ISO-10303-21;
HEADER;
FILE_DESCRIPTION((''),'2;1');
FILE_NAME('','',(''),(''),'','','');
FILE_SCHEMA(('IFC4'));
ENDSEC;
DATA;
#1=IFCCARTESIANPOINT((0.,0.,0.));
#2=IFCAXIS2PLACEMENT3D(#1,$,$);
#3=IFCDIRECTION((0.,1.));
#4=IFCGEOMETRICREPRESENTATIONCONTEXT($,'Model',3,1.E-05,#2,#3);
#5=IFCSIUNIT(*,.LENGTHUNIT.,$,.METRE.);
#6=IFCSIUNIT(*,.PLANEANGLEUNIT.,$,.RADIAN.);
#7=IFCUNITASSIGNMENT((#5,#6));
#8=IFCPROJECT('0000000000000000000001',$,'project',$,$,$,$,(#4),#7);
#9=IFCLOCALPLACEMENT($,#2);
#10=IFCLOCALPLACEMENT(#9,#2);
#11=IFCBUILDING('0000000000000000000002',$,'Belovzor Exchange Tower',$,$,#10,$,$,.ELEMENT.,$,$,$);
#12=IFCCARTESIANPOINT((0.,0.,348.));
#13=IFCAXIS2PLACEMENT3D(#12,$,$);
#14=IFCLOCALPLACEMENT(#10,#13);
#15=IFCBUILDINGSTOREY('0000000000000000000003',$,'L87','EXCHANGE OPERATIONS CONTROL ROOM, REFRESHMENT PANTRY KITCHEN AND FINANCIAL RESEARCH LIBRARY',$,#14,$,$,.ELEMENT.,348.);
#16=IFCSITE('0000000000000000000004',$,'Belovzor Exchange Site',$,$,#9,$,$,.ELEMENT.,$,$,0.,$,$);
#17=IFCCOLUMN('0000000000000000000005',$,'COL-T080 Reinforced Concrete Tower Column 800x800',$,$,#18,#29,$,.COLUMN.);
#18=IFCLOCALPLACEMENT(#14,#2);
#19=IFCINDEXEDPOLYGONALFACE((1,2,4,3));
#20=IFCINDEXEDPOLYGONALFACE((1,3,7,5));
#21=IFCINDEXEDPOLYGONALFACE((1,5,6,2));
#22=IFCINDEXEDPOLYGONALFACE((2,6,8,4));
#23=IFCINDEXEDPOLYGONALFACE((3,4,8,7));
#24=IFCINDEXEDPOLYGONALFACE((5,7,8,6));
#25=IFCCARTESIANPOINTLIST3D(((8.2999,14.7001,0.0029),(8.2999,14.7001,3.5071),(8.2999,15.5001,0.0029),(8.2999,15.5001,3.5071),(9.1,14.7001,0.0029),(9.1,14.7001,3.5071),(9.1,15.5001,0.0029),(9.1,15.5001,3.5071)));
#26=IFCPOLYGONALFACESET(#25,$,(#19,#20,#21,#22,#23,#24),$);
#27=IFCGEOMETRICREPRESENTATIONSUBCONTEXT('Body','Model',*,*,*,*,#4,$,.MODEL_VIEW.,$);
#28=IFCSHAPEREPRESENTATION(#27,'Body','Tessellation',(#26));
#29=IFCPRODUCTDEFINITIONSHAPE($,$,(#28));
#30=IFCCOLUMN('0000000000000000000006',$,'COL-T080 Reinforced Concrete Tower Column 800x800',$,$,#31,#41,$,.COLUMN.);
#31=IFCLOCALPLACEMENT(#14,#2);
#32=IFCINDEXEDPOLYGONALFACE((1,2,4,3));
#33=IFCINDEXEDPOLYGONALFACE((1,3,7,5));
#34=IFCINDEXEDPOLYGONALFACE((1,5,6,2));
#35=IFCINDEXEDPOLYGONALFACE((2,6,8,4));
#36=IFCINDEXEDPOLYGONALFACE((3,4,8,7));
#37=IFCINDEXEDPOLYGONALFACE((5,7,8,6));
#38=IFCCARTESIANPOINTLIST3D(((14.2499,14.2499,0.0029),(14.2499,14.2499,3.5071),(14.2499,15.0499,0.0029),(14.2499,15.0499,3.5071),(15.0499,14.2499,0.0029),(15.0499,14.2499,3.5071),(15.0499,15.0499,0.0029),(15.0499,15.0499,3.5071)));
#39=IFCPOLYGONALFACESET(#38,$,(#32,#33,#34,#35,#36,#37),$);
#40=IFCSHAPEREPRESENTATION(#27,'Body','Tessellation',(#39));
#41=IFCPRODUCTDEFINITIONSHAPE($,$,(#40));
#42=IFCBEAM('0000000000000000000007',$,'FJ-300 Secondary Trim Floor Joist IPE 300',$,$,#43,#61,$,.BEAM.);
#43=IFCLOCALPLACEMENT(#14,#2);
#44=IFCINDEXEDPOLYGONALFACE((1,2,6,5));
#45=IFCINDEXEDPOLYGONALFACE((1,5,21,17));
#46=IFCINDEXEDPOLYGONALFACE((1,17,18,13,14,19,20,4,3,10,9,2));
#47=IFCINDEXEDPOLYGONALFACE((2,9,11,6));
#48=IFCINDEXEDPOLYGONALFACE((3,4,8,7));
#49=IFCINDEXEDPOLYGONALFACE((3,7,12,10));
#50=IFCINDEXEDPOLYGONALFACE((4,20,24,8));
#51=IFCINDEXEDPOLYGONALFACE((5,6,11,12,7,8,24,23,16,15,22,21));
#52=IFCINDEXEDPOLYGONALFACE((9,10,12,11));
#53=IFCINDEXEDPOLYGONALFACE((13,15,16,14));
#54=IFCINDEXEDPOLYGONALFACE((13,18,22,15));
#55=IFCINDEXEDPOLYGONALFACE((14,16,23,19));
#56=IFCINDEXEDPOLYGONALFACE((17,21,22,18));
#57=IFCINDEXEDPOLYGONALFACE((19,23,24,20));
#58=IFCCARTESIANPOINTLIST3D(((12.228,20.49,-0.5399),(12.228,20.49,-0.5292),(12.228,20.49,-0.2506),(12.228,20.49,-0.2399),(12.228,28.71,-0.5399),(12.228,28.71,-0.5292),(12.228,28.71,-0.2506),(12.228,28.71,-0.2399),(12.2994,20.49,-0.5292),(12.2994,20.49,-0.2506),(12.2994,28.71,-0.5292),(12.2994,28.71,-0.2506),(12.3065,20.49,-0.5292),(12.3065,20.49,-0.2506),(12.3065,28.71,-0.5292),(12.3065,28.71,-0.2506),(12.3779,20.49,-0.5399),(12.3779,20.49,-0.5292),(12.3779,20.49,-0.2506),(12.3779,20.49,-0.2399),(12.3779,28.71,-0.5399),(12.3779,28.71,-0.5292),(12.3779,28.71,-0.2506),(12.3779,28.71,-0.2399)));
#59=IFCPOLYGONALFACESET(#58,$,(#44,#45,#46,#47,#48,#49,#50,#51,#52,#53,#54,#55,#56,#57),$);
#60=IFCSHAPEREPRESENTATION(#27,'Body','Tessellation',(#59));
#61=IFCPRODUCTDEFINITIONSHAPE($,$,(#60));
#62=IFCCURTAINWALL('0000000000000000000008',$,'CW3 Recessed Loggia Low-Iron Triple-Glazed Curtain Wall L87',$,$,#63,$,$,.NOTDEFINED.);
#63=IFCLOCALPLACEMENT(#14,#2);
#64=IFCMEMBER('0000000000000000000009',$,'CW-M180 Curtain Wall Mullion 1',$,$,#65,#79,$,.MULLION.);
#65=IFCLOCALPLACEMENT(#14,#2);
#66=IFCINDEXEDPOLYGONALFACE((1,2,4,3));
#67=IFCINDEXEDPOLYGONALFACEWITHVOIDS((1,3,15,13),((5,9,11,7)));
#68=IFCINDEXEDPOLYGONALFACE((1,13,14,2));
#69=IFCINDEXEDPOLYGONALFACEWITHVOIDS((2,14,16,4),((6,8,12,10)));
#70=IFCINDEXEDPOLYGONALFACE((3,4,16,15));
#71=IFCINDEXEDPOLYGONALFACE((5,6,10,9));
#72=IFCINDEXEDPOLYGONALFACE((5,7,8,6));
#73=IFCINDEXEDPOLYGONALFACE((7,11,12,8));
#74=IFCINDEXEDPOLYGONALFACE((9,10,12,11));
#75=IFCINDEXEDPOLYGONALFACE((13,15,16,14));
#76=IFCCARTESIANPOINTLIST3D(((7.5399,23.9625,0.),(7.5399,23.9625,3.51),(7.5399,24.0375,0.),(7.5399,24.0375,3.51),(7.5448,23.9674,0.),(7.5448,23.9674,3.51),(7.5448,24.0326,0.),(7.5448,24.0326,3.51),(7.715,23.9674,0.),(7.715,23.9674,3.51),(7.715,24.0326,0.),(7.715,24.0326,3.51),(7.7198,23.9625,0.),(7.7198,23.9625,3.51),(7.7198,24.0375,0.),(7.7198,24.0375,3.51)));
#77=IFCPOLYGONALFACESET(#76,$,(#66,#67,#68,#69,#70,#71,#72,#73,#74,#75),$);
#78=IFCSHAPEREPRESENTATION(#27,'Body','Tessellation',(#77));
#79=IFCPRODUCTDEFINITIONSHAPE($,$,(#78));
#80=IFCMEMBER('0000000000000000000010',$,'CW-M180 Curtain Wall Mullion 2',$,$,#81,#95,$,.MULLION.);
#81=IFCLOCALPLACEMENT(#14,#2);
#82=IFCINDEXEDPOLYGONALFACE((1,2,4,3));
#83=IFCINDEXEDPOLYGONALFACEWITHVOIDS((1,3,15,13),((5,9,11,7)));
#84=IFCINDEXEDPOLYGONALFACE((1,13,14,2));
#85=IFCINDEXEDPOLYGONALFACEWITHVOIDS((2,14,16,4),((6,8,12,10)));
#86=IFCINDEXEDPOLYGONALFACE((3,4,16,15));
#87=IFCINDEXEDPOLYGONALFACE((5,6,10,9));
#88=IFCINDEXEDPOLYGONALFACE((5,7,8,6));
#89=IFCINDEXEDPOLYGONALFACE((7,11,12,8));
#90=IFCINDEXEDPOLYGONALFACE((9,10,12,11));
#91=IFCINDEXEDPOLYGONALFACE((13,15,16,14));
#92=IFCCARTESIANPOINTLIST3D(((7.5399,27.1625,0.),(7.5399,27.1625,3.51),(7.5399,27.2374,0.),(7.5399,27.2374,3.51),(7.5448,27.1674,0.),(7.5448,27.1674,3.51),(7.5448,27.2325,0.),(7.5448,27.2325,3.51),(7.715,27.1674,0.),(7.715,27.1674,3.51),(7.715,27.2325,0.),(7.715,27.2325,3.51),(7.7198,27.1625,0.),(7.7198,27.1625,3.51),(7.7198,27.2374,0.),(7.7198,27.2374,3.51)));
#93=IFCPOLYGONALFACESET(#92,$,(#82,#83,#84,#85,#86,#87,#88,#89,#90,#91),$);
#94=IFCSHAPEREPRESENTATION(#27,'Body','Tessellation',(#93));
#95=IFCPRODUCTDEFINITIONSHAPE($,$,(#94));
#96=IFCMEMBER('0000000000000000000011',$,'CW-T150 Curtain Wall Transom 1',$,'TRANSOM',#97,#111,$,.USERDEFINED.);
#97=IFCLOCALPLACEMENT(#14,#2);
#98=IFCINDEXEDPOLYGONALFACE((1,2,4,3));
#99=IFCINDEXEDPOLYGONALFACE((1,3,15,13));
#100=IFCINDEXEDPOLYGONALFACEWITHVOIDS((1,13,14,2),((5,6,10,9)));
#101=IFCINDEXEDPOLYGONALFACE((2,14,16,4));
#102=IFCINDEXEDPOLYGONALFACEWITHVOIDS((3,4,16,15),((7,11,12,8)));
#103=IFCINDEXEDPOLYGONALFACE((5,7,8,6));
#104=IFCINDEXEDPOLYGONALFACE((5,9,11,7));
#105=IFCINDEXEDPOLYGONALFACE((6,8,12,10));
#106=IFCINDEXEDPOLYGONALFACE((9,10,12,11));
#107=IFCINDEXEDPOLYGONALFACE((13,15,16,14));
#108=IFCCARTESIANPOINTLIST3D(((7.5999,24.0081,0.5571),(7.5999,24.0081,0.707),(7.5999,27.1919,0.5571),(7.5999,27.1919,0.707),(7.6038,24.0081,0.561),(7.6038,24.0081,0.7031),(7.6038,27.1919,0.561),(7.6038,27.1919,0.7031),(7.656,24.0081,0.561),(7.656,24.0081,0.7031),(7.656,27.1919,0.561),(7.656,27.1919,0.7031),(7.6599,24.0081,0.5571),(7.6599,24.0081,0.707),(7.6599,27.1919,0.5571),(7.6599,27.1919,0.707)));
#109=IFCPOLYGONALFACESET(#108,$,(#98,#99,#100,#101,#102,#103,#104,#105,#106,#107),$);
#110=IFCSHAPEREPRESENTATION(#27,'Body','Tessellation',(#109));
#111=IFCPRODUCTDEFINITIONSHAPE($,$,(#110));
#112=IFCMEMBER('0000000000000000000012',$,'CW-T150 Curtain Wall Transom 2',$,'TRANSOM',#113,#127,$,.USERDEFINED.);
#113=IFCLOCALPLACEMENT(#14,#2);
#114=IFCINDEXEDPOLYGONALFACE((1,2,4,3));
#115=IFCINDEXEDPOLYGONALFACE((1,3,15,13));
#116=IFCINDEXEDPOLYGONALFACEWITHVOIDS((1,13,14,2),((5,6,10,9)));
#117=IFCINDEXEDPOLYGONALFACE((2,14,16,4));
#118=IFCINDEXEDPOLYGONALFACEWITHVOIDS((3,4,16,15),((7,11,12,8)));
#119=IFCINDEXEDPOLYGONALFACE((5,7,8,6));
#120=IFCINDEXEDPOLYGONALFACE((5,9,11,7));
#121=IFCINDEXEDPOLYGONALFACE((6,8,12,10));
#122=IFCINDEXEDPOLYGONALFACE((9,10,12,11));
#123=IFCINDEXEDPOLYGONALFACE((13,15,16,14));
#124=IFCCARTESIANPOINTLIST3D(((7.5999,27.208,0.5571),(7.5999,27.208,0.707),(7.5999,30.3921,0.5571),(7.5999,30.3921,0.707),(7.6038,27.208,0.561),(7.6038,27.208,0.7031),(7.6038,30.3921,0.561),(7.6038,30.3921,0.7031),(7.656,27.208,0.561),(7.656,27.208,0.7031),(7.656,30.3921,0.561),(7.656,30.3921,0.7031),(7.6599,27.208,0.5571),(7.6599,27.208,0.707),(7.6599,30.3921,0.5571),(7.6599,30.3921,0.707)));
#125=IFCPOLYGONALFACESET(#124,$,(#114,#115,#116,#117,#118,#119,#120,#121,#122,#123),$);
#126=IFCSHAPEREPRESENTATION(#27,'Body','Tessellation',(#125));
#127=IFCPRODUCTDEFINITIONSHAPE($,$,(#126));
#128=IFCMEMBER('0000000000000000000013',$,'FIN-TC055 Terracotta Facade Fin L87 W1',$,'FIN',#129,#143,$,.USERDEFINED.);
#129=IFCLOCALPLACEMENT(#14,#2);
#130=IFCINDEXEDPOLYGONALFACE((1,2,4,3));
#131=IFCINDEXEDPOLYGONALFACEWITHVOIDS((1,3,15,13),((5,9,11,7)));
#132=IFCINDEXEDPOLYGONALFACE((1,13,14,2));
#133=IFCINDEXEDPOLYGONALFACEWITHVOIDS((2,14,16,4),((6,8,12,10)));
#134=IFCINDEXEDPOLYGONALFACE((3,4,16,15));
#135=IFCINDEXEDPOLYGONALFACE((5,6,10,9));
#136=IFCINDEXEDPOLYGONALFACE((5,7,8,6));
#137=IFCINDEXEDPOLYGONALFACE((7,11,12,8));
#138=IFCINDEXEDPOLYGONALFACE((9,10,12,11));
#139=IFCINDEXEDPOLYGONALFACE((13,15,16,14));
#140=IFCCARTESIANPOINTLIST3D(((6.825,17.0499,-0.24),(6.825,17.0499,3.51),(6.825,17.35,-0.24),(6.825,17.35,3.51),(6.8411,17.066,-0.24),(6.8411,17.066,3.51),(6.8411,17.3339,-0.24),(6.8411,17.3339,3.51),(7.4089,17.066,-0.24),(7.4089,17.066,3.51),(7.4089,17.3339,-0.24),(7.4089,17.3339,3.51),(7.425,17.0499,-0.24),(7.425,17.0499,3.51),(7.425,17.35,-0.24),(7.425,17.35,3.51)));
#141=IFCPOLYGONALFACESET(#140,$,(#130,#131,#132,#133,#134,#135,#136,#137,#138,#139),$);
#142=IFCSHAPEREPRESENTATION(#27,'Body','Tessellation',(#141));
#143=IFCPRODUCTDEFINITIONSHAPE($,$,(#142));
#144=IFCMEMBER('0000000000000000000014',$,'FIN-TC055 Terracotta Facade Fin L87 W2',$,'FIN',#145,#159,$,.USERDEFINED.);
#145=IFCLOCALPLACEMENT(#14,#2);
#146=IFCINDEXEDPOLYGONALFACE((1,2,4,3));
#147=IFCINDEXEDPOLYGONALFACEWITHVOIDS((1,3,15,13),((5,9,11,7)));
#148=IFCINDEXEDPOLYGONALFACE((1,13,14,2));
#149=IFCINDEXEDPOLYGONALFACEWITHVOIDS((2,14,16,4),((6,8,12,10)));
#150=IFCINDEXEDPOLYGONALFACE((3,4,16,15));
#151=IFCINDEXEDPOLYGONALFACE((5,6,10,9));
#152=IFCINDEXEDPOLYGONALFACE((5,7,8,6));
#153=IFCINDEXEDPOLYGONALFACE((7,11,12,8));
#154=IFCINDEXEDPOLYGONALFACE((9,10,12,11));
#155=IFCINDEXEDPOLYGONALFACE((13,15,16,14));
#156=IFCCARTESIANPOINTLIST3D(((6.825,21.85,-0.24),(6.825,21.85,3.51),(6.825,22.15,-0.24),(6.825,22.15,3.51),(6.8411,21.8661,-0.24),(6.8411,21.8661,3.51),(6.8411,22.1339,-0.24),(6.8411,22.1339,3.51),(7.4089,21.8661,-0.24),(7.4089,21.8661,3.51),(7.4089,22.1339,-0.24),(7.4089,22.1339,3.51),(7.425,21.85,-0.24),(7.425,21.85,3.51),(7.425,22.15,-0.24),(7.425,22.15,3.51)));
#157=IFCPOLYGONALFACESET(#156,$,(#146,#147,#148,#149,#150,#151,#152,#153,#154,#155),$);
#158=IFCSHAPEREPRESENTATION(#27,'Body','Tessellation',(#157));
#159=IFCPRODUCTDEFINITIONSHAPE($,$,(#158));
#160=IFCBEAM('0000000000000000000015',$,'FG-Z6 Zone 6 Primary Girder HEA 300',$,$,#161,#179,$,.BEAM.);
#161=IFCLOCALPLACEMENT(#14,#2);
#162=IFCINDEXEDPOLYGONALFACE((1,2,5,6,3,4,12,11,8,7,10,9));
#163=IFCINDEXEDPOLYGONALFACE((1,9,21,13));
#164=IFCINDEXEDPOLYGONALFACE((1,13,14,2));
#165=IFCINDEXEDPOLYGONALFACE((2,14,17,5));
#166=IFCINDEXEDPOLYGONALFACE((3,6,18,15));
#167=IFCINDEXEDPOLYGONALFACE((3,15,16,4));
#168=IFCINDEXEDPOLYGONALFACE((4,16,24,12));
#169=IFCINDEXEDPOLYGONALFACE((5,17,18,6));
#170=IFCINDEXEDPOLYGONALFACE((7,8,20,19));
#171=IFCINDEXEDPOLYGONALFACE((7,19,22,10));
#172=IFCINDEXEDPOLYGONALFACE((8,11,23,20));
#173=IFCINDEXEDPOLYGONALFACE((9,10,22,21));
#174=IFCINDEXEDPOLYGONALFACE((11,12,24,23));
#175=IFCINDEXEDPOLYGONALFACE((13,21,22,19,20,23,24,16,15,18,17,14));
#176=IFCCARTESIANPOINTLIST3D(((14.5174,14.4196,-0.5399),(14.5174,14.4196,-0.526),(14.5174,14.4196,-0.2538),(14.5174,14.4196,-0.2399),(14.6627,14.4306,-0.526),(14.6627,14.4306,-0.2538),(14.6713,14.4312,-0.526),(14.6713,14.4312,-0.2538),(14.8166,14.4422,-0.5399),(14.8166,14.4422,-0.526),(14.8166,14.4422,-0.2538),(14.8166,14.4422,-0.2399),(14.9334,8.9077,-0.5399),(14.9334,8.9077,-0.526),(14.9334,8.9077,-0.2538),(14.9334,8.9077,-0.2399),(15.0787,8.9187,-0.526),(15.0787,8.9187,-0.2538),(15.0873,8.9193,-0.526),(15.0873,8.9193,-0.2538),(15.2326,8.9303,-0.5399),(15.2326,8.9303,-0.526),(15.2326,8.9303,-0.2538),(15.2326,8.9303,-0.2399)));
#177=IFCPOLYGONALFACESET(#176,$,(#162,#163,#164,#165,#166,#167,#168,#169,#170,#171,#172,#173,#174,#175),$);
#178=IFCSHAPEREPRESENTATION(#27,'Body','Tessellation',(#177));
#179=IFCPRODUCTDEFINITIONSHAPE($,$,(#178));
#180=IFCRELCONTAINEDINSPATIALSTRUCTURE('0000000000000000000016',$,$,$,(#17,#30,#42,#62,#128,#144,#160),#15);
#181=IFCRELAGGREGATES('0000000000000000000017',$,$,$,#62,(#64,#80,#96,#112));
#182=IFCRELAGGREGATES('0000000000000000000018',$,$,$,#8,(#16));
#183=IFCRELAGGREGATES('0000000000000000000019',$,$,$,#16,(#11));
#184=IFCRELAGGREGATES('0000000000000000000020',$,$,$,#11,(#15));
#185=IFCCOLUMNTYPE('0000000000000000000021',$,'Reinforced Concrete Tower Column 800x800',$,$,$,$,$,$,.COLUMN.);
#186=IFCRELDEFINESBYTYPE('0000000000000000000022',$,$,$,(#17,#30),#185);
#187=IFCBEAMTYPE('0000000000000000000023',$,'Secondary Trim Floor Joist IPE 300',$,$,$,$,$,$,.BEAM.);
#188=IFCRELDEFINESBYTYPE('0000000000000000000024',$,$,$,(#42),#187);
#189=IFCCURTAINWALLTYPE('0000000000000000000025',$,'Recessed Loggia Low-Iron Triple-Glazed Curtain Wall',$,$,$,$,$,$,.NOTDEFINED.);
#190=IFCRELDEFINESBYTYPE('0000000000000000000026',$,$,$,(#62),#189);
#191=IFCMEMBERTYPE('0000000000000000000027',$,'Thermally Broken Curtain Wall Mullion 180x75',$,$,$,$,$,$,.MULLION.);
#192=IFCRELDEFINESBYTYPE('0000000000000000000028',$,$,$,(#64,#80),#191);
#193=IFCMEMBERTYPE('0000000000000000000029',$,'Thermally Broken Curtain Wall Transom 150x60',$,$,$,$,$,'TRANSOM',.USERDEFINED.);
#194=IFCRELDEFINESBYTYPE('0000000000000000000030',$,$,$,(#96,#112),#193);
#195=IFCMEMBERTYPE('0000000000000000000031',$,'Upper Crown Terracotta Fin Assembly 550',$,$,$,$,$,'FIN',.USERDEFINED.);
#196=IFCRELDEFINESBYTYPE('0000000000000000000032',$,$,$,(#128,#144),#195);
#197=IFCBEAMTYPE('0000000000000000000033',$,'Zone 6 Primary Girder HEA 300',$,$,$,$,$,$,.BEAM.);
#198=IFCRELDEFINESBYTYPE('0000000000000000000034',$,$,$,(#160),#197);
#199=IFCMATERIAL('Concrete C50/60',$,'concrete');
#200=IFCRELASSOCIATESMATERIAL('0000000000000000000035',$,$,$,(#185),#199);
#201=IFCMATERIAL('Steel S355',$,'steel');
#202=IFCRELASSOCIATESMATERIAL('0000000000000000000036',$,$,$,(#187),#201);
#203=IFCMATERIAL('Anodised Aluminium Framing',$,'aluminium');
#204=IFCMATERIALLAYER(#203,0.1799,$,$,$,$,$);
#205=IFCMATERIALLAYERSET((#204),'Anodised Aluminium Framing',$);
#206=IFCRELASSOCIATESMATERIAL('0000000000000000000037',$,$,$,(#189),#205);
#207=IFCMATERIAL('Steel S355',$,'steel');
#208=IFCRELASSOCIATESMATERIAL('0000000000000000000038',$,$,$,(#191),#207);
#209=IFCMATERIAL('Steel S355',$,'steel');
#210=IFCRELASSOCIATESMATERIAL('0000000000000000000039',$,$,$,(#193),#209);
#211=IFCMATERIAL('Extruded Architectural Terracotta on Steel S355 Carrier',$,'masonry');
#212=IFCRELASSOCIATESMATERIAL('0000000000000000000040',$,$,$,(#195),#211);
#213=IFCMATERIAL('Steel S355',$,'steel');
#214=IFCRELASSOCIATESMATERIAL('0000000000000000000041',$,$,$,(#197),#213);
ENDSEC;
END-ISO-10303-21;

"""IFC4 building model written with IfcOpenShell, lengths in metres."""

from ifc_helpers import new_model, si_unit, direction, frame, origin, origin_2d, place, context, subcontext, project, spatial, rectangle, hollow_rectangle, i_section, extrude, material, layer, layer_set, material_profile, profile_set, type_object, element, aggregate, save


model = new_model("IFC4")

# Units and contexts
model_context = context("Model", 3, precision=1e-05, world=origin(), true_north=direction((0.0, 1.0)))
body_context = subcontext(model_context, "Body", "Model", "MODEL_VIEW")
ifc_project = project(units=[si_unit("LENGTHUNIT", "METRE"), si_unit("PLANEANGLEUNIT", "RADIAN")], contexts=[model_context])

# Site, building, storey
site_placement = place(None, origin())
site = spatial("IfcSite", under=ifc_project, at=site_placement, Name="Belovzor Exchange Site", CompositionType="ELEMENT", RefElevation=0.0)
building_placement = place(site_placement, origin())
building = spatial("IfcBuilding", under=site, at=building_placement, Name="Belovzor Exchange Tower", CompositionType="ELEMENT")
storey_placement = place(building_placement, frame((0.0, 0.0, 348.0)))
storey = spatial("IfcBuildingStorey", under=building, at=storey_placement, Name="L87", Description="EXCHANGE OPERATIONS CONTROL ROOM, REFRESHMENT PANTRY KITCHEN AND FINANCIAL RESEARCH LIBRARY", CompositionType="ELEMENT", Elevation=348.0)

# Columns
ifc_material_1 = material(Name="Concrete C50/60", Category="concrete")
ifc_material_profile_1 = material_profile(ifc_material_1, rectangle(XDim=0.8, YDim=0.8, at=origin_2d()))
ifc_profile_set_1 = profile_set([ifc_material_profile_1], Name="Concrete C50/60")
column_type = type_object("IfcColumnType", Name="Reinforced Concrete Tower Column 800x800", PredefinedType="COLUMN", material=ifc_profile_set_1)
for number, where, z_axis, x_axis, name in (
    (1, (8.7, 15.1001, 0.0029), (0.0, 0.0, 1.0), (1.0, 0.0, 0.0), "COL-T080 Reinforced Concrete Tower Column 800x800"),
    (2, (14.6499, 14.6499, 0.0029), (0.0, 0.0, 1.0), (1.0, 0.0, 0.0), "COL-T080 Reinforced Concrete Tower Column 800x800"),
):
    element("IfcColumn", number, at=place(storey_placement, frame(where, z_axis=z_axis, x_axis=x_axis)), inside=storey, type_object=column_type, Name=name, PredefinedType="COLUMN", context=body_context, shape_type="SweptSolid", body=[
        extrude(rectangle(XDim=0.8, YDim=0.8, at=origin_2d()), origin(), (0.0, 0.0, 1.0), 3.5042),
    ])

# Beam
ifc_material_2 = material(Name="Steel S355", Category="steel")
ifc_material_profile_2 = material_profile(ifc_material_2, i_section(OverallWidth=0.1499, OverallDepth=0.3, WebThickness=0.0071, FlangeThickness=0.0107, at=origin_2d()))
ifc_profile_set_2 = profile_set([ifc_material_profile_2], Name="Steel S355")
beam_type_1 = type_object("IfcBeamType", Name="Secondary Trim Floor Joist IPE 300", PredefinedType="BEAM", material=ifc_profile_set_2)
beam_placement = place(storey_placement, frame((12.303, 20.49, -0.3899), z_axis=(0.0, 1.0, 0.0), x_axis=(-1.0, 0.0, 0.0)))
element("IfcBeam", 3, at=beam_placement, inside=storey, type_object=beam_type_1, Name="FJ-300 Secondary Trim Floor Joist IPE 300", PredefinedType="BEAM", context=body_context, shape_type="SweptSolid", body=[
    extrude(i_section(OverallWidth=0.1499, OverallDepth=0.3, WebThickness=0.0071, FlangeThickness=0.0107, at=origin_2d()), origin(), (0.0, 0.0, 1.0), 8.22),
])

# Curtain wall, members
ifc_material_3 = material(Name="Anodised Aluminium Framing", Category="aluminium")
ifc_layer_1 = layer(ifc_material_3, 0.1799)
ifc_layer_set_1 = layer_set([ifc_layer_1], Name="Anodised Aluminium Framing")
curtain_wall_type = type_object("IfcCurtainWallType", Name="Recessed Loggia Low-Iron Triple-Glazed Curtain Wall", PredefinedType="NOTDEFINED", material=ifc_layer_set_1)
curtain_wall_placement = place(storey_placement, origin())
curtain_wall = element("IfcCurtainWall", 4, at=curtain_wall_placement, inside=storey, type_object=curtain_wall_type, Name="CW3 Recessed Loggia Low-Iron Triple-Glazed Curtain Wall L87", PredefinedType="NOTDEFINED")
ifc_material_4 = material(Name="Steel S355", Category="steel")
ifc_material_profile_3 = material_profile(ifc_material_4, hollow_rectangle(XDim=0.075, YDim=0.1799, WallThickness=0.0049, at=origin_2d()))
ifc_profile_set_3 = profile_set([ifc_material_profile_3], Name="Steel S355")
member_type_1 = type_object("IfcMemberType", Name="Thermally Broken Curtain Wall Mullion 180x75", PredefinedType="MULLION", material=ifc_profile_set_3)
member_1_placement = place(storey_placement, frame((7.6299, 24.0, 0.0), z_axis=(0.0, 0.0, 1.0), x_axis=(0.0, 1.0, 0.0)))
member_1 = element("IfcMember", 5, at=member_1_placement, type_object=member_type_1, Name="CW-M180 Curtain Wall Mullion 1", PredefinedType="MULLION", context=body_context, shape_type="SweptSolid", body=[
    extrude(hollow_rectangle(XDim=0.075, YDim=0.1799, WallThickness=0.0049, at=origin_2d()), origin(), (0.0, 0.0, 1.0), 3.51),
])
member_2_placement = place(storey_placement, frame((7.6299, 27.2, 0.0), z_axis=(0.0, 0.0, 1.0), x_axis=(0.0, 1.0, 0.0)))
member_2 = element("IfcMember", 6, at=member_2_placement, type_object=member_type_1, Name="CW-M180 Curtain Wall Mullion 2", PredefinedType="MULLION", context=body_context, shape_type="SweptSolid", body=[
    extrude(hollow_rectangle(XDim=0.075, YDim=0.1799, WallThickness=0.0049, at=origin_2d()), origin(), (0.0, 0.0, 1.0), 3.51),
])
ifc_material_5 = material(Name="Steel S355", Category="steel")
ifc_material_profile_4 = material_profile(ifc_material_5, hollow_rectangle(XDim=0.0601, YDim=0.1499, WallThickness=0.0039, at=origin_2d()))
ifc_profile_set_4 = profile_set([ifc_material_profile_4], Name="Steel S355")
member_type_2 = type_object("IfcMemberType", Name="Thermally Broken Curtain Wall Transom 150x60", ElementType="TRANSOM", PredefinedType="USERDEFINED", material=ifc_profile_set_4)
member_3_placement = place(storey_placement, frame((7.6299, 24.0081, 0.6321), z_axis=(0.0, 1.0, 0.0), x_axis=(-1.0, 0.0, 0.0)))
member_3 = element("IfcMember", 7, at=member_3_placement, type_object=member_type_2, Name="CW-T150 Curtain Wall Transom 1", ObjectType="TRANSOM", PredefinedType="USERDEFINED", context=body_context, shape_type="SweptSolid", body=[
    extrude(hollow_rectangle(XDim=0.0601, YDim=0.1499, WallThickness=0.0039, at=origin_2d()), origin(), (0.0, 0.0, 1.0), 3.1838),
])
member_4_placement = place(storey_placement, frame((7.6299, 27.208, 0.6321), z_axis=(0.0, 1.0, 0.0), x_axis=(-1.0, 0.0, 0.0)))
member_4 = element("IfcMember", 8, at=member_4_placement, type_object=member_type_2, Name="CW-T150 Curtain Wall Transom 2", ObjectType="TRANSOM", PredefinedType="USERDEFINED", context=body_context, shape_type="SweptSolid", body=[
    extrude(hollow_rectangle(XDim=0.0601, YDim=0.1499, WallThickness=0.0039, at=origin_2d()), origin(), (0.0, 0.0, 1.0), 3.1841),
])

# Members
ifc_material_6 = material(Name="Extruded Architectural Terracotta on Steel S355 Carrier", Category="masonry")
ifc_material_profile_5 = material_profile(ifc_material_6, hollow_rectangle(XDim=0.3, YDim=0.6001, WallThickness=0.0161, at=origin_2d()))
ifc_profile_set_5 = profile_set([ifc_material_profile_5], Name="Extruded Architectural Terracotta on Steel S355 Carrier")
member_type_3 = type_object("IfcMemberType", Name="Upper Crown Terracotta Fin Assembly 550", ElementType="FIN", PredefinedType="USERDEFINED", material=ifc_profile_set_5)
for number, where, z_axis, x_axis, name in (
    (9, (7.125, 17.2, -0.24), (0.0, 0.0, 1.0), (0.0, 1.0, 0.0), "FIN-TC055 Terracotta Facade Fin L87 W1"),
    (10, (7.125, 22.0, -0.24), (0.0, 0.0, 1.0), (0.0, 1.0, 0.0), "FIN-TC055 Terracotta Facade Fin L87 W2"),
):
    element("IfcMember", number, at=place(storey_placement, frame(where, z_axis=z_axis, x_axis=x_axis)), inside=storey, type_object=member_type_3, Name=name, ObjectType="FIN", PredefinedType="USERDEFINED", context=body_context, shape_type="SweptSolid", body=[
        extrude(hollow_rectangle(XDim=0.3, YDim=0.6001, WallThickness=0.0161, at=origin_2d()), origin(), (0.0, 0.0, 1.0), 3.75),
    ])

# Beam
ifc_material_7 = material(Name="Steel S355", Category="steel")
ifc_material_profile_6 = material_profile(ifc_material_7, i_section(OverallWidth=0.3, OverallDepth=0.3, WebThickness=0.0085, FlangeThickness=0.0139, at=origin_2d()))
ifc_profile_set_6 = profile_set([ifc_material_profile_6], Name="Steel S355")
beam_type_2 = type_object("IfcBeamType", Name="Zone 6 Primary Girder HEA 300", PredefinedType="BEAM", material=ifc_profile_set_6)
for number, where, z_axis, x_axis, name in (
    (11, (14.667, 14.4309, -0.3899), (0.075261, -0.997164, 0.0), (0.997164, 0.075261, 0.0), "FG-Z6 Zone 6 Primary Girder HEA 300"),
):
    element("IfcBeam", number, at=place(storey_placement, frame(where, z_axis=z_axis, x_axis=x_axis)), inside=storey, type_object=beam_type_2, Name=name, PredefinedType="BEAM", context=body_context, shape_type="SweptSolid", body=[
        extrude(i_section(OverallWidth=0.3, OverallDepth=0.3, WebThickness=0.0085, FlangeThickness=0.0139, at=origin_2d()), origin(), (0.0, 0.0, 1.0), 5.5276),
    ])

aggregate(curtain_wall, [member_1, member_2, member_3, member_4])

save(model, "model.ifc")
